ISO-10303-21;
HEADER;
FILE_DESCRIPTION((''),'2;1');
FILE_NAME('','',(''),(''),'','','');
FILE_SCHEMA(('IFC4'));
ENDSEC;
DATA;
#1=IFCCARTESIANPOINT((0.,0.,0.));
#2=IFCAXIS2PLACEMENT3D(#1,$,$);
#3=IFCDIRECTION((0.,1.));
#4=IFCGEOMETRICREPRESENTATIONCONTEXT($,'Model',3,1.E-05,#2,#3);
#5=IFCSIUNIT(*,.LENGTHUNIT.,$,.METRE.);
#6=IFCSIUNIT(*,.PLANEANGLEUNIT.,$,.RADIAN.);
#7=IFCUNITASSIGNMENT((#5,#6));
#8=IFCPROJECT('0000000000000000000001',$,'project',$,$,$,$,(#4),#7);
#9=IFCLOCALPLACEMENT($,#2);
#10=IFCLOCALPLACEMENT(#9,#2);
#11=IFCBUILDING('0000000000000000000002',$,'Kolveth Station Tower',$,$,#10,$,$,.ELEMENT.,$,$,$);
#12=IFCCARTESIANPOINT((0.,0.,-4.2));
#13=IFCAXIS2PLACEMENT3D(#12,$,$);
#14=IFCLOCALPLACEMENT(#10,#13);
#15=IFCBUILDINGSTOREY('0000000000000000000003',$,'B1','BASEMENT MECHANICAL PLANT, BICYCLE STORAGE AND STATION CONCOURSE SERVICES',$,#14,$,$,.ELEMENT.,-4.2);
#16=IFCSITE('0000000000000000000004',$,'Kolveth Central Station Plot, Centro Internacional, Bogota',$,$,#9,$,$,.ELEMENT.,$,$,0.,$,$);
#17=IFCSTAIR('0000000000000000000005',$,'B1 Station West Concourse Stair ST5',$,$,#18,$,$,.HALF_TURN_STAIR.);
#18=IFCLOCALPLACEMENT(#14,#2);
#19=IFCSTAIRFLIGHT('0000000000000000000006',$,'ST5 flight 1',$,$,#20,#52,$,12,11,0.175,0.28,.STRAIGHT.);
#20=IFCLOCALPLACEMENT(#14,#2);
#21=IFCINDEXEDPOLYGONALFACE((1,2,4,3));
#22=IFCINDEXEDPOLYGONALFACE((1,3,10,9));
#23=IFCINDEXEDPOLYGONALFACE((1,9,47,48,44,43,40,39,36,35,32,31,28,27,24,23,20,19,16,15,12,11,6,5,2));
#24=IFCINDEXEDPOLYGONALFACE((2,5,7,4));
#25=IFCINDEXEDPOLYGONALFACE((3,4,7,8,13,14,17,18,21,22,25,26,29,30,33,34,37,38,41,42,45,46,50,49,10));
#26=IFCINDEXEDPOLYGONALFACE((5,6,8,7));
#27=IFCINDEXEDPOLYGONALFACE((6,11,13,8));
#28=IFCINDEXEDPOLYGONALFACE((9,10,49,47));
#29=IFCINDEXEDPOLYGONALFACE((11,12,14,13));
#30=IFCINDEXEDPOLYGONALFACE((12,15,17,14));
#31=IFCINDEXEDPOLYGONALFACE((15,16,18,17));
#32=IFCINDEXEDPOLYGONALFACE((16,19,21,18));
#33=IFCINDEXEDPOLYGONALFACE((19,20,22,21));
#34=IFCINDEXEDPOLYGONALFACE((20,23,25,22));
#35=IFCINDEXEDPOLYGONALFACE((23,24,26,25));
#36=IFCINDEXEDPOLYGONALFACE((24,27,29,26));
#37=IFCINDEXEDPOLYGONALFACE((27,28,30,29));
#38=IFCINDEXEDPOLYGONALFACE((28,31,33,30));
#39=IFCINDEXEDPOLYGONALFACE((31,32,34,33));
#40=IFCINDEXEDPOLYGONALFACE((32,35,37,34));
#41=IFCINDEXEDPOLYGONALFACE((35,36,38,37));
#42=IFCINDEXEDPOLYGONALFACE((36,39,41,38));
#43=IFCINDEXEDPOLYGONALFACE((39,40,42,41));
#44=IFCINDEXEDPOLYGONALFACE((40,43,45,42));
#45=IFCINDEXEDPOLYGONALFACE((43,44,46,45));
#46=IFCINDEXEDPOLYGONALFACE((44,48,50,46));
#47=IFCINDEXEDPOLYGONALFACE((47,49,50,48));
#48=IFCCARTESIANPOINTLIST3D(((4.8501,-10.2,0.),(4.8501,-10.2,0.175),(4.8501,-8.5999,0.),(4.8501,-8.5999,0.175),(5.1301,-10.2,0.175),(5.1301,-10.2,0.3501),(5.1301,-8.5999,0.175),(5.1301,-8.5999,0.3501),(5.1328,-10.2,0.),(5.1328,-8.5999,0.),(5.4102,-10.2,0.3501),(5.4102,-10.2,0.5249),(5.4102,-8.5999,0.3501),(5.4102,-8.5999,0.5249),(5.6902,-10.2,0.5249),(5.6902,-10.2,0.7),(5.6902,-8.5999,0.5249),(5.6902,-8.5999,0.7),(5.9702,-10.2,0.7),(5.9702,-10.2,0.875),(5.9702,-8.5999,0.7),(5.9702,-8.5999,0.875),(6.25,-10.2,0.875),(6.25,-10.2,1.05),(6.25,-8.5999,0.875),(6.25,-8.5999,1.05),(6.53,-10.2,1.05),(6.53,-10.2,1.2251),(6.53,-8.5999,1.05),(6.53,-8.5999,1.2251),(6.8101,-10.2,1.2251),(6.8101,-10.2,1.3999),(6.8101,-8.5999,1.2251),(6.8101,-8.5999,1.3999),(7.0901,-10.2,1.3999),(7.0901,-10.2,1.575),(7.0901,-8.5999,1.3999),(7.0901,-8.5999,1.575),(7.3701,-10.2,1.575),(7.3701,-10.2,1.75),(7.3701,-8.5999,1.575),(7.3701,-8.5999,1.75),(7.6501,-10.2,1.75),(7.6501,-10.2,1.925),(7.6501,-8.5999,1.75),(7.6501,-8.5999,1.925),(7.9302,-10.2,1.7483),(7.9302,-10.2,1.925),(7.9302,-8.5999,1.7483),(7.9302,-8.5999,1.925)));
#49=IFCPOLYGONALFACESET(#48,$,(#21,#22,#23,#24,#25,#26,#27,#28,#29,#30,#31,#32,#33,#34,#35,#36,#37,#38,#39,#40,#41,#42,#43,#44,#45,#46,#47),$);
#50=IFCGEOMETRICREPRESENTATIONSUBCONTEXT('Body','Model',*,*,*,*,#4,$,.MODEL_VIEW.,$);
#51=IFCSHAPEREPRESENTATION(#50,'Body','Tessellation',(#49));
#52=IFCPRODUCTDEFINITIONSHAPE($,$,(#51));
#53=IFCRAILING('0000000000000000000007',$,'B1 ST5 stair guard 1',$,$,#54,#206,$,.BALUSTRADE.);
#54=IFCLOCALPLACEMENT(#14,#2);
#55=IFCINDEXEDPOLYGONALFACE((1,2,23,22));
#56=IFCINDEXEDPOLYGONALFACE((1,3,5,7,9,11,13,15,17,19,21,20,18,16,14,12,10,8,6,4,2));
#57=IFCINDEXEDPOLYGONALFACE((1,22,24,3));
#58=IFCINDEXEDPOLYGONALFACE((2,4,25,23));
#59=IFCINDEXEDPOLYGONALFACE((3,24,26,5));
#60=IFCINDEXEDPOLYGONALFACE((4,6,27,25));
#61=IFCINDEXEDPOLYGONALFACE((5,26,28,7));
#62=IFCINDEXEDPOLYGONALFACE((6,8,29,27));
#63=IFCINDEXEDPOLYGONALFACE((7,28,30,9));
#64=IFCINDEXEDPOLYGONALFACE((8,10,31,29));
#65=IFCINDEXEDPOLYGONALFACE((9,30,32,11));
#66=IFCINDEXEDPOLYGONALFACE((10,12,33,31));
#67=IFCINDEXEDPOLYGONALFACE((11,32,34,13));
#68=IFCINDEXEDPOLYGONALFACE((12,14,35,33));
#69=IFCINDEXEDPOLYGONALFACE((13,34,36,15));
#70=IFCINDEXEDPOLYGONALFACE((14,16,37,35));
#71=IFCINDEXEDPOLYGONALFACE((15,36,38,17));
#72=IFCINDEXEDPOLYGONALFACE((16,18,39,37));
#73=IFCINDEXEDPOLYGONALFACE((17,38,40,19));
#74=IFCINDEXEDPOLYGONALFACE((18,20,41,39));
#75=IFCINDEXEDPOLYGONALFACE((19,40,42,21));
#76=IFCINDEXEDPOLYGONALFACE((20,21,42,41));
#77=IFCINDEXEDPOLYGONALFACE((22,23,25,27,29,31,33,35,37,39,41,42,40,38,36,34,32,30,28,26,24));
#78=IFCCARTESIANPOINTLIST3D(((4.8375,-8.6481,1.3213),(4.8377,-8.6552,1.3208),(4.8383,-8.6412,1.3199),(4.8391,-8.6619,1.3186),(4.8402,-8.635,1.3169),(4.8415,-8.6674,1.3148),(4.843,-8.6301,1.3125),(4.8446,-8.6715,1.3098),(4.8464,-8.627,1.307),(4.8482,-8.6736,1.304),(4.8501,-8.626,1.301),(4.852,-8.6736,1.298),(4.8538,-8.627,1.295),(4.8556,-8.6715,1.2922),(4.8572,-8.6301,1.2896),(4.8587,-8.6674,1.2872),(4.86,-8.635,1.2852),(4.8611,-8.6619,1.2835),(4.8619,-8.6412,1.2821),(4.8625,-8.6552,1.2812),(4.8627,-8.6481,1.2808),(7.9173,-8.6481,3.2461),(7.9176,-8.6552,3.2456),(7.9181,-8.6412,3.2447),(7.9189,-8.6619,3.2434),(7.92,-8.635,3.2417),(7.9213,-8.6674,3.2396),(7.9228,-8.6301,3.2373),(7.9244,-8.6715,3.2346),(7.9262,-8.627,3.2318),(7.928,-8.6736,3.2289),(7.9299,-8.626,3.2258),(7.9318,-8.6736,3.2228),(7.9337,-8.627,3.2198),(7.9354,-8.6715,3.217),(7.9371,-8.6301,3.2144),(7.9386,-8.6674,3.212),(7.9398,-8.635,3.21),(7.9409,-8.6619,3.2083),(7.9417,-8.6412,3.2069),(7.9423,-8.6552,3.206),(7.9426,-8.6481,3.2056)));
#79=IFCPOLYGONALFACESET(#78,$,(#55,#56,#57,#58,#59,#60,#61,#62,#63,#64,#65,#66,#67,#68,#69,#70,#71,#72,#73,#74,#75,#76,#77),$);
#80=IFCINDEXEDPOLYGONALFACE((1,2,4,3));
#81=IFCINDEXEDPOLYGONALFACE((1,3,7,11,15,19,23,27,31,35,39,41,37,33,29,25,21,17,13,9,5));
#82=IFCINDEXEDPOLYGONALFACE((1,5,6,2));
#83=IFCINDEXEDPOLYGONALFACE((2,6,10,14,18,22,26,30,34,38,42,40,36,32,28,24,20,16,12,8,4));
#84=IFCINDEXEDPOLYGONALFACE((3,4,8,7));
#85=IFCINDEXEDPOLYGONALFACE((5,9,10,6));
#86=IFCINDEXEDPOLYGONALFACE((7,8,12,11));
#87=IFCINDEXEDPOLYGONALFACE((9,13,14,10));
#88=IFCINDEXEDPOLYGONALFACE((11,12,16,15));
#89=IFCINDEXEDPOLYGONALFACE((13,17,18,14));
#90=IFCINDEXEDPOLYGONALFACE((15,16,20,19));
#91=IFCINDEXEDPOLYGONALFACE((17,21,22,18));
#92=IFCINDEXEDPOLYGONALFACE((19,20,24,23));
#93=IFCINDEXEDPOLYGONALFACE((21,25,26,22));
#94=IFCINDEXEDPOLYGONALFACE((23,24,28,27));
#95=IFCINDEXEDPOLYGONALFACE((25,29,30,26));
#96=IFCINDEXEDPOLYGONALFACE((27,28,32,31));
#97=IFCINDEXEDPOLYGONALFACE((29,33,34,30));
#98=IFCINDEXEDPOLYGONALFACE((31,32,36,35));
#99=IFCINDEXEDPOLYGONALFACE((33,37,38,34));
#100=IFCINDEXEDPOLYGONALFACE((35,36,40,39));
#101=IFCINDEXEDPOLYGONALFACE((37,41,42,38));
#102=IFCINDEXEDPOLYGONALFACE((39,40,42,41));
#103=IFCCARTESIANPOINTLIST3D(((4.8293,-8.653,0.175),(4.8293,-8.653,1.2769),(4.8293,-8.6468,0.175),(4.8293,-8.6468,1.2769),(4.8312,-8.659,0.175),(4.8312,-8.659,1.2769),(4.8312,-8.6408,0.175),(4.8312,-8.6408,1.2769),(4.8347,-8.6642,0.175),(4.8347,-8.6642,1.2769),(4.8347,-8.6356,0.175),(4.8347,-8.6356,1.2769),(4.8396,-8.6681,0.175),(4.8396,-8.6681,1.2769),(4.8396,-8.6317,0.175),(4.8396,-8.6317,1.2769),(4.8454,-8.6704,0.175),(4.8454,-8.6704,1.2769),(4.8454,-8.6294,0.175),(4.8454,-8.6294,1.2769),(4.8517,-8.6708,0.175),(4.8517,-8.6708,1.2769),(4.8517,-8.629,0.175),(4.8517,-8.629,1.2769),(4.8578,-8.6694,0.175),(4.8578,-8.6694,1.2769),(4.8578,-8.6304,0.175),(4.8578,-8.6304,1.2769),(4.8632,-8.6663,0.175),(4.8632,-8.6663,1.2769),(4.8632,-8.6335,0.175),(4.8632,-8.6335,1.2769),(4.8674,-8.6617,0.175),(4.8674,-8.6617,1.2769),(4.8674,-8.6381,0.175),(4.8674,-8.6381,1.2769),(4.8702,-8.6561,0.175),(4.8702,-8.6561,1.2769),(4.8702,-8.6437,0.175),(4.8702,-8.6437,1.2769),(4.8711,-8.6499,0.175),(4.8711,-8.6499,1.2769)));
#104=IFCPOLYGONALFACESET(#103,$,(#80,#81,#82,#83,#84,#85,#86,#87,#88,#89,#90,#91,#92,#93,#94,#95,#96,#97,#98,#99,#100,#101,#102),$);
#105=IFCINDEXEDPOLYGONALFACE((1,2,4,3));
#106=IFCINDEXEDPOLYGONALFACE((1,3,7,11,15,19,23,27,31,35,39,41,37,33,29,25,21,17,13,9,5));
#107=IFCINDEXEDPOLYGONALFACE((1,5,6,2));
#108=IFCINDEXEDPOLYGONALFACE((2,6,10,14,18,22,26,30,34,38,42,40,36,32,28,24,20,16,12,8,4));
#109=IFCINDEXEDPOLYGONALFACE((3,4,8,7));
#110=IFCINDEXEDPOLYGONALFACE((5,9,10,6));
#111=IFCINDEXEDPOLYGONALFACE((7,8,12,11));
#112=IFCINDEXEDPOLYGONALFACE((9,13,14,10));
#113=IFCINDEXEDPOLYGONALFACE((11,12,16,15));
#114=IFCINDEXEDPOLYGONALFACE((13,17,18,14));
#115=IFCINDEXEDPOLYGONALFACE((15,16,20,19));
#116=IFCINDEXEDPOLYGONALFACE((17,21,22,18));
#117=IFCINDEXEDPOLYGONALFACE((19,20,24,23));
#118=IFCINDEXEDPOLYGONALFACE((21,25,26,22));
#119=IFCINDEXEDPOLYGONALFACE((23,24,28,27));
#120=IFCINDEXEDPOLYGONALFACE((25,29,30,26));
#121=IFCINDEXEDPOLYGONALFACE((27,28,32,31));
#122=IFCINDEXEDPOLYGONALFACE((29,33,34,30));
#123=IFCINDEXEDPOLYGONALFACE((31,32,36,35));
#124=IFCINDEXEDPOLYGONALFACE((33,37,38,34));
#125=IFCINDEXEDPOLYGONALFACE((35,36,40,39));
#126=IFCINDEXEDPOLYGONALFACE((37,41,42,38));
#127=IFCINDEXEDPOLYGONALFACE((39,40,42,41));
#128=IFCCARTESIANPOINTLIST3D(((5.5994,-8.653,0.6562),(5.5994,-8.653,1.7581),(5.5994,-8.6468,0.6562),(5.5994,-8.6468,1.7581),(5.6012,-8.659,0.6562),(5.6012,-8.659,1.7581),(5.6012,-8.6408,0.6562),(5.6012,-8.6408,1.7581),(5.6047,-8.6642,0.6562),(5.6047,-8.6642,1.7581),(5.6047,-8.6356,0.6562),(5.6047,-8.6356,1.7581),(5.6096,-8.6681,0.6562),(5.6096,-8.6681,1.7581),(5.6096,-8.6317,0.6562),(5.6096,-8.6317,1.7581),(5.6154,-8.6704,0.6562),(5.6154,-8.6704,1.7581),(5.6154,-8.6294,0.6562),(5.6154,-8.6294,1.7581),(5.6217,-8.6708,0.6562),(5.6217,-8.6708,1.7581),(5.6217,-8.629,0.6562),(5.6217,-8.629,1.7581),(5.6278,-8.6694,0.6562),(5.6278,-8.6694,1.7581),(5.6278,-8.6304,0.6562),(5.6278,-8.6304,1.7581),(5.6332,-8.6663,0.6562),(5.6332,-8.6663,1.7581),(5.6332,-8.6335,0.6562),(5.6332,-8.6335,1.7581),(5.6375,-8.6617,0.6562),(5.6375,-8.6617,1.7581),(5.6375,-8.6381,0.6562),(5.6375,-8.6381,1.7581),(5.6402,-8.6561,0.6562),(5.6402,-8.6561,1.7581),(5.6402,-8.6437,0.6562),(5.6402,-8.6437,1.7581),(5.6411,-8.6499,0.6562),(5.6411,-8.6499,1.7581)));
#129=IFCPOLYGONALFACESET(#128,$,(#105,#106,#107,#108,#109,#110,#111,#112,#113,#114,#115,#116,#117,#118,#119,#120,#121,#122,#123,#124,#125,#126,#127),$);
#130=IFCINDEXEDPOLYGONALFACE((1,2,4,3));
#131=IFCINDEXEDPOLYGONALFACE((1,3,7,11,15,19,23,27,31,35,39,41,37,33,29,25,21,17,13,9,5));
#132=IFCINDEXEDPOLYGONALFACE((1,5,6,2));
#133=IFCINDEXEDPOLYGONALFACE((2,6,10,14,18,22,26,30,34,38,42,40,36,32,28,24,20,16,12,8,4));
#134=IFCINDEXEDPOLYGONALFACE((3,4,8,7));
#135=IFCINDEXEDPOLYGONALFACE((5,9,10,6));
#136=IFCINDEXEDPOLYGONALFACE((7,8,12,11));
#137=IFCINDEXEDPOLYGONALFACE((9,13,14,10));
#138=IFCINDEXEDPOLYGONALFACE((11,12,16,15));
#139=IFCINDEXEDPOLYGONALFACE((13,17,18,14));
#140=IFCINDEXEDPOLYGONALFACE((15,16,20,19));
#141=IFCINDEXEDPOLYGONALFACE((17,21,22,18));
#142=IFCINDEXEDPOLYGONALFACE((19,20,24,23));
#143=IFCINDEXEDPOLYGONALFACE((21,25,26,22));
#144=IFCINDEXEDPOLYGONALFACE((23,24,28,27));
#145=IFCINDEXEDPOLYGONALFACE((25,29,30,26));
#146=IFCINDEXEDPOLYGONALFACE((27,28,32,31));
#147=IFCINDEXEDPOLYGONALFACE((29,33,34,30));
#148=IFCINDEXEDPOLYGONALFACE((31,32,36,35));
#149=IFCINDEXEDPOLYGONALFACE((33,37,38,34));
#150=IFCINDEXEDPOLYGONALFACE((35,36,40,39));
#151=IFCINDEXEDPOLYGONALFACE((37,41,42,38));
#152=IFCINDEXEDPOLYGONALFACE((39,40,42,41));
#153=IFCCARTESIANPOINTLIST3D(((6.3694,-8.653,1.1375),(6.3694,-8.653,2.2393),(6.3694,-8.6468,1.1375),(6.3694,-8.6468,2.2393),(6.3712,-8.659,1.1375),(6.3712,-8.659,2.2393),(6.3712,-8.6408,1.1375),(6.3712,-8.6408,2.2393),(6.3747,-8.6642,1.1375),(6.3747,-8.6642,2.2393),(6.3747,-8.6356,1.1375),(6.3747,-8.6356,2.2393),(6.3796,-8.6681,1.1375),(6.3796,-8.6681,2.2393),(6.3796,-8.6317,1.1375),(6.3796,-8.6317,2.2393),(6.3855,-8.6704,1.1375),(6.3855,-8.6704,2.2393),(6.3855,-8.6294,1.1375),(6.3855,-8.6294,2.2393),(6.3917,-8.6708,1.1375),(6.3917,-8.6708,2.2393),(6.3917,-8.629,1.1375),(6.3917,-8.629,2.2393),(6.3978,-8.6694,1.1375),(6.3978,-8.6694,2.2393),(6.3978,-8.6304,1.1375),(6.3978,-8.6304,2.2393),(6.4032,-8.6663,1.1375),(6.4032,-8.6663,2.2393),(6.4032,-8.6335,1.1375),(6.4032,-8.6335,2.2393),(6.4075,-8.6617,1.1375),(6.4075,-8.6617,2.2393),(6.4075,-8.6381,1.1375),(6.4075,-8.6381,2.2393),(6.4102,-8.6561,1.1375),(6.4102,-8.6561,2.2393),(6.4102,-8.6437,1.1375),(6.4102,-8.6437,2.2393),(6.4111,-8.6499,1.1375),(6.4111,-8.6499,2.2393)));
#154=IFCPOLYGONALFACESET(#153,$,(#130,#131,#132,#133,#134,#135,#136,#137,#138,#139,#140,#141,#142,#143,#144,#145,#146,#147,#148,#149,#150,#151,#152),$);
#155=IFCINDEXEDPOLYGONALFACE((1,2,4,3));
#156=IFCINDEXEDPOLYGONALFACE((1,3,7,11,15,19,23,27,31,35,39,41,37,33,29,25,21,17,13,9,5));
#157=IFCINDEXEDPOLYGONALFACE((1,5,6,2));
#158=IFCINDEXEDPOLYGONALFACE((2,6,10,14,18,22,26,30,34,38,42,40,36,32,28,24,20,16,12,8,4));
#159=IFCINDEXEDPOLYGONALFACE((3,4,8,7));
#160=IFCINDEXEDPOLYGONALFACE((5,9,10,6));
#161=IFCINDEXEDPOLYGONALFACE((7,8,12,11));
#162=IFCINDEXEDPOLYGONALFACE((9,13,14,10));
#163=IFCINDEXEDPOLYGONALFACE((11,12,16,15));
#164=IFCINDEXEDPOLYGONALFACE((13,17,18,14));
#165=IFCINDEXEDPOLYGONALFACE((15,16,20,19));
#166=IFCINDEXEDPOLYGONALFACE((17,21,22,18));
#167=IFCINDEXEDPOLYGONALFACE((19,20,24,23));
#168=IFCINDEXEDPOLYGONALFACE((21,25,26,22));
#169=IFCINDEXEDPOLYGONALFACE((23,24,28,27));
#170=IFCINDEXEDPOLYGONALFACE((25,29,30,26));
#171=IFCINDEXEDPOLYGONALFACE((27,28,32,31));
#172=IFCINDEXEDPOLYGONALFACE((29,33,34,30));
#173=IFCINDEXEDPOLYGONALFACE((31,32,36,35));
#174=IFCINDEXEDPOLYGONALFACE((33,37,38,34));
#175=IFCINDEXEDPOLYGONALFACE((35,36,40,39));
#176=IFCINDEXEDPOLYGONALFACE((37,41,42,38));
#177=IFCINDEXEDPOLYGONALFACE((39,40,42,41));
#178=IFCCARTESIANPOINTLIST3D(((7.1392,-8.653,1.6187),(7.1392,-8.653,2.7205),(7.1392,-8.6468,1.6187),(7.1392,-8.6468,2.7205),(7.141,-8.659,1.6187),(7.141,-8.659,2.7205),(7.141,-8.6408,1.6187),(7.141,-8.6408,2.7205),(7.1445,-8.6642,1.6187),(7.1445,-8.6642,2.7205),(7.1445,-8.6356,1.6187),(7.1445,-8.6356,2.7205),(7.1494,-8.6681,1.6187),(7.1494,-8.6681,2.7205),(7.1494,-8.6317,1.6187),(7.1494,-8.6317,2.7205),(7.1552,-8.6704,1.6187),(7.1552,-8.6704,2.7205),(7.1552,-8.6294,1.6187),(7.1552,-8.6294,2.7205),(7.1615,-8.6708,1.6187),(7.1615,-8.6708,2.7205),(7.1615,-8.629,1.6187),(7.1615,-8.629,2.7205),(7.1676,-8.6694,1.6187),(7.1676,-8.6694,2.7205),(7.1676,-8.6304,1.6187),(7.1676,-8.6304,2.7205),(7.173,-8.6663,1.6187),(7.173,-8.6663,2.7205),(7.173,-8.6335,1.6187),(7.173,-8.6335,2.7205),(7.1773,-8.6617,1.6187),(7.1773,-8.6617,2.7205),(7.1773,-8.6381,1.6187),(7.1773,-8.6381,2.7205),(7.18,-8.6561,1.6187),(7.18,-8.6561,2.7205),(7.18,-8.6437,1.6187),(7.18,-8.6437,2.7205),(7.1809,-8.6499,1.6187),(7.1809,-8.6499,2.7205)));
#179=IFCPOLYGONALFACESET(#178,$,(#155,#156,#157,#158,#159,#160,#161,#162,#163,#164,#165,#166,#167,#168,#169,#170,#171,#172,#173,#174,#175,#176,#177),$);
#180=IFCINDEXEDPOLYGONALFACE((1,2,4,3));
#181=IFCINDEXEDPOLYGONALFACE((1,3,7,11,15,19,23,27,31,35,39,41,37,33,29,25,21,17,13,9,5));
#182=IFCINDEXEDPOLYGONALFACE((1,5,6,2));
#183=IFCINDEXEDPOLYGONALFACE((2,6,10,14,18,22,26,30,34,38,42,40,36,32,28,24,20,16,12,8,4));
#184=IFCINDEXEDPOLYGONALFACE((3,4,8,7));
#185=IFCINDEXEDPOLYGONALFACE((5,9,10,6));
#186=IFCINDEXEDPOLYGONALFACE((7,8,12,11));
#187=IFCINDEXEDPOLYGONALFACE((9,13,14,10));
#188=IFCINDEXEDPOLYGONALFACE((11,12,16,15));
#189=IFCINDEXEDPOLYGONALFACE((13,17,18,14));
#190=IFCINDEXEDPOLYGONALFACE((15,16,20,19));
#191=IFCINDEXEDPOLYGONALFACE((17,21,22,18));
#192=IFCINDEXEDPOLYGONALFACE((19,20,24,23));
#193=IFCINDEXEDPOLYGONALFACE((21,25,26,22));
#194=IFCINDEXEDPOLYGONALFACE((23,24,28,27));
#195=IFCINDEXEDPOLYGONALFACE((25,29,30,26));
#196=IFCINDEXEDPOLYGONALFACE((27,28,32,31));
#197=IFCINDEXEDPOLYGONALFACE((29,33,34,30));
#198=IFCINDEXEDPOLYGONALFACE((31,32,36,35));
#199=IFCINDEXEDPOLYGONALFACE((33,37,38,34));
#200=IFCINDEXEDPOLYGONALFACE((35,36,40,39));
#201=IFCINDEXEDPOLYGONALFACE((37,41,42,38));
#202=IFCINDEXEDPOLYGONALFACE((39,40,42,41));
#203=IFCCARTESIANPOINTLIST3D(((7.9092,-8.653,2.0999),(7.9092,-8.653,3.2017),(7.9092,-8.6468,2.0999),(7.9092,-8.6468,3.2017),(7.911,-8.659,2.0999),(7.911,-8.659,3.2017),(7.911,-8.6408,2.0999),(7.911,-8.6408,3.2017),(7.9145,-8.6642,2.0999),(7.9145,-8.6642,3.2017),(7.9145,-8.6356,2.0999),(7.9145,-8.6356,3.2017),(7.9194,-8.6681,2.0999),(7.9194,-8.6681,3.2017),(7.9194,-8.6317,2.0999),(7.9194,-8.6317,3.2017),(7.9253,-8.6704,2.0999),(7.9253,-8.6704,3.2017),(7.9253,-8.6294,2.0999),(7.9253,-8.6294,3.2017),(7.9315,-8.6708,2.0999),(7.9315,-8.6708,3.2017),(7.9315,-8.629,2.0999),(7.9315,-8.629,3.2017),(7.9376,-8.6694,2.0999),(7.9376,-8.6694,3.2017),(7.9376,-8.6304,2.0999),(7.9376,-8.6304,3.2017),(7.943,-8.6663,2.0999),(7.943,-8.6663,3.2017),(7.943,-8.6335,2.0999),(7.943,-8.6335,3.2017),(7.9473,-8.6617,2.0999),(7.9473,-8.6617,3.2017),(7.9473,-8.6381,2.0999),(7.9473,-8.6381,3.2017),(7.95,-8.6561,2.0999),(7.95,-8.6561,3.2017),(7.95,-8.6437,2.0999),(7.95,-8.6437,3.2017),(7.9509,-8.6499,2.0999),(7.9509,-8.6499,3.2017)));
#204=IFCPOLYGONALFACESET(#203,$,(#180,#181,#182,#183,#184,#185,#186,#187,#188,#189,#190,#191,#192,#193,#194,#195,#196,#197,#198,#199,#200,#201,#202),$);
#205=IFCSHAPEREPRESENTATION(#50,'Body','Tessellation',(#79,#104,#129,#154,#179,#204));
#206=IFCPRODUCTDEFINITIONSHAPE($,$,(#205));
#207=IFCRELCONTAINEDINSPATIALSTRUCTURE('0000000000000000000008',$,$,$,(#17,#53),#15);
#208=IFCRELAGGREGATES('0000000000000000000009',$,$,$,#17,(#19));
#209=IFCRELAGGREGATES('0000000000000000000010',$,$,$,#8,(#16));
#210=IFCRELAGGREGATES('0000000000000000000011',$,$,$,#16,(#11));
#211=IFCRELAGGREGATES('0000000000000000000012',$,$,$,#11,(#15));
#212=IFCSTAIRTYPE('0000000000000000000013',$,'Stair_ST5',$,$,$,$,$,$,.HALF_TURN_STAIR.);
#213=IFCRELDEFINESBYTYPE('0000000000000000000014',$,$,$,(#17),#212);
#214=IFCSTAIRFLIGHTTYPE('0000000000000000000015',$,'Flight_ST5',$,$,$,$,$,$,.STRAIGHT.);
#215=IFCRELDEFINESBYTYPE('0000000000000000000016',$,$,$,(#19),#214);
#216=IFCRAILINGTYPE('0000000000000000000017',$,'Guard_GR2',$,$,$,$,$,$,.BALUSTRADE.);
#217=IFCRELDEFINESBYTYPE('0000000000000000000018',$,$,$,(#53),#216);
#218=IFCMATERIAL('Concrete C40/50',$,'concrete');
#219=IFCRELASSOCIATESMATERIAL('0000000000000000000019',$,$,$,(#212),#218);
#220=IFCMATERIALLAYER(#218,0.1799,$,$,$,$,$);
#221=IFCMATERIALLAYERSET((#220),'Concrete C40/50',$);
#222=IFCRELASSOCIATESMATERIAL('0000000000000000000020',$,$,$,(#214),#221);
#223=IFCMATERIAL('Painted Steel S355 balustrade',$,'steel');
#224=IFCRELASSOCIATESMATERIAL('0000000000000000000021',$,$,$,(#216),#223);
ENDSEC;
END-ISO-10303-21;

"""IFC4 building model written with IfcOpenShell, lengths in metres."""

from ifc_helpers import new_model, si_unit, direction, frame, origin, origin_2d, place, context, subcontext, project, spatial, polyline, circle, outline, extrude, material, layer, layer_set, type_object, element, aggregate, save


model = new_model("IFC4")

# Units and contexts
model_context = context("Model", 3, precision=1e-05, world=origin(), true_north=direction((0.0, 1.0)))
body_context = subcontext(model_context, "Body", "Model", "MODEL_VIEW")
ifc_project = project(units=[si_unit("LENGTHUNIT", "METRE"), si_unit("PLANEANGLEUNIT", "RADIAN")], contexts=[model_context])

# Site, building, storey
site_placement = place(None, origin())
site = spatial("IfcSite", under=ifc_project, at=site_placement, Name="Kolveth Central Station Plot, Centro Internacional, Bogota", CompositionType="ELEMENT", RefElevation=0.0)
building_placement = place(site_placement, origin())
building = spatial("IfcBuilding", under=site, at=building_placement, Name="Kolveth Station Tower", CompositionType="ELEMENT")
storey_placement = place(building_placement, frame((0.0, 0.0, -4.2)))
storey = spatial("IfcBuildingStorey", under=building, at=storey_placement, Name="B1", Description="BASEMENT MECHANICAL PLANT, BICYCLE STORAGE AND STATION CONCOURSE SERVICES", CompositionType="ELEMENT", Elevation=-4.2)

# Stair
ifc_material_1 = material(Name="Concrete C40/50", Category="concrete")
stair_type_1 = type_object("IfcStairType", Name="Stair_ST5", PredefinedType="HALF_TURN_STAIR", material=ifc_material_1)
stair_1_placement = place(storey_placement, origin())
stair_1 = element("IfcStair", 1, at=stair_1_placement, inside=storey, type_object=stair_type_1, Name="B1 Station West Concourse Stair ST5", PredefinedType="HALF_TURN_STAIR")

# Stair flight
ifc_layer_1 = layer(ifc_material_1, 0.1799)
ifc_layer_set_1 = layer_set([ifc_layer_1], Name="Concrete C40/50")
stair_flight_type = type_object("IfcStairFlightType", Name="Flight_ST5", PredefinedType="STRAIGHT", material=ifc_layer_set_1)
stair_flight_placement = place(storey_placement, frame((4.8501, -9.3999, 0.0), z_axis=(0.0, 0.0, 1.0), x_axis=(1.0, 0.0, 0.0)))
stair_flight = element("IfcStairFlight", 2, at=stair_flight_placement, type_object=stair_flight_type, Name="ST5 flight 1", NumberOfRisers=12, NumberOfTreads=11, PredefinedType="STRAIGHT", RiserHeight=0.175, TreadLength=0.28, context=body_context, shape_type="SweptSolid", body=[
    extrude(outline(polyline([(0.0, 0.0), (0.0, 0.175), (0.28, 0.175), (0.28, 0.3501), (0.5601, 0.3501), (0.5601, 0.5249), (0.8401, 0.5249), (0.8401, 0.7), (1.1201, 0.7), (1.1201, 0.875), (1.3999, 0.875), (1.3999, 1.05), (1.6799, 1.05), (1.6799, 1.2251), (1.96, 1.2251), (1.96, 1.3999), (2.24, 1.3999), (2.24, 1.575), (2.52, 1.575), (2.52, 1.75), (2.8, 1.75), (2.8, 1.925), (3.0801, 1.925), (3.0801, 2.1001), (3.0801, 1.7483), (0.2827, 0.0), (0.0, 0.0)])), frame((0.0, 0.8, 0.0), z_axis=(0.0, -1.0, 0.0), x_axis=(1.0, 0.0, 0.0)), (0.0, 0.0, 1.0), 1.6001),
])
aggregate(stair_1, [stair_flight])

# Railing
ifc_material_2 = material(Name="Painted Steel S355 balustrade", Category="steel")
railing_type_1 = type_object("IfcRailingType", Name="Guard_GR2", PredefinedType="BALUSTRADE", material=ifc_material_2)
railing_1_placement = place(storey_placement, frame((4.8501, -8.6499, 0.175)))
element("IfcRailing", 3, at=railing_1_placement, inside=storey, type_object=railing_type_1, Name="B1 ST5 stair guard 1", PredefinedType="BALUSTRADE", context=body_context, shape_type="SweptSolid", body=[
    extrude(circle(Radius=0.0239, at=origin_2d()), frame((0.0, 0.0, 1.126), z_axis=(0.84801, 0.0, 0.529981), x_axis=(0.0, 1.0, 0.0)), (0.0, 0.0, 1.0), 3.6318),
    extrude(circle(Radius=0.021, at=origin_2d()), origin(), (0.0, 0.0, 1.0), 1.1018),
    extrude(circle(Radius=0.021, at=origin_2d()), frame((0.77, 0.0, 0.4812)), (0.0, 0.0, 1.0), 1.1018),
    extrude(circle(Radius=0.021, at=origin_2d()), frame((1.54, 0.0, 0.9624)), (0.0, 0.0, 1.0), 1.1018),
    extrude(circle(Radius=0.021, at=origin_2d()), frame((2.3098, 0.0, 1.4436)), (0.0, 0.0, 1.0), 1.1018),
    extrude(circle(Radius=0.021, at=origin_2d()), frame((3.0798, 0.0, 1.9248)), (0.0, 0.0, 1.0), 1.1018),
])

save(model, "model.ifc")
